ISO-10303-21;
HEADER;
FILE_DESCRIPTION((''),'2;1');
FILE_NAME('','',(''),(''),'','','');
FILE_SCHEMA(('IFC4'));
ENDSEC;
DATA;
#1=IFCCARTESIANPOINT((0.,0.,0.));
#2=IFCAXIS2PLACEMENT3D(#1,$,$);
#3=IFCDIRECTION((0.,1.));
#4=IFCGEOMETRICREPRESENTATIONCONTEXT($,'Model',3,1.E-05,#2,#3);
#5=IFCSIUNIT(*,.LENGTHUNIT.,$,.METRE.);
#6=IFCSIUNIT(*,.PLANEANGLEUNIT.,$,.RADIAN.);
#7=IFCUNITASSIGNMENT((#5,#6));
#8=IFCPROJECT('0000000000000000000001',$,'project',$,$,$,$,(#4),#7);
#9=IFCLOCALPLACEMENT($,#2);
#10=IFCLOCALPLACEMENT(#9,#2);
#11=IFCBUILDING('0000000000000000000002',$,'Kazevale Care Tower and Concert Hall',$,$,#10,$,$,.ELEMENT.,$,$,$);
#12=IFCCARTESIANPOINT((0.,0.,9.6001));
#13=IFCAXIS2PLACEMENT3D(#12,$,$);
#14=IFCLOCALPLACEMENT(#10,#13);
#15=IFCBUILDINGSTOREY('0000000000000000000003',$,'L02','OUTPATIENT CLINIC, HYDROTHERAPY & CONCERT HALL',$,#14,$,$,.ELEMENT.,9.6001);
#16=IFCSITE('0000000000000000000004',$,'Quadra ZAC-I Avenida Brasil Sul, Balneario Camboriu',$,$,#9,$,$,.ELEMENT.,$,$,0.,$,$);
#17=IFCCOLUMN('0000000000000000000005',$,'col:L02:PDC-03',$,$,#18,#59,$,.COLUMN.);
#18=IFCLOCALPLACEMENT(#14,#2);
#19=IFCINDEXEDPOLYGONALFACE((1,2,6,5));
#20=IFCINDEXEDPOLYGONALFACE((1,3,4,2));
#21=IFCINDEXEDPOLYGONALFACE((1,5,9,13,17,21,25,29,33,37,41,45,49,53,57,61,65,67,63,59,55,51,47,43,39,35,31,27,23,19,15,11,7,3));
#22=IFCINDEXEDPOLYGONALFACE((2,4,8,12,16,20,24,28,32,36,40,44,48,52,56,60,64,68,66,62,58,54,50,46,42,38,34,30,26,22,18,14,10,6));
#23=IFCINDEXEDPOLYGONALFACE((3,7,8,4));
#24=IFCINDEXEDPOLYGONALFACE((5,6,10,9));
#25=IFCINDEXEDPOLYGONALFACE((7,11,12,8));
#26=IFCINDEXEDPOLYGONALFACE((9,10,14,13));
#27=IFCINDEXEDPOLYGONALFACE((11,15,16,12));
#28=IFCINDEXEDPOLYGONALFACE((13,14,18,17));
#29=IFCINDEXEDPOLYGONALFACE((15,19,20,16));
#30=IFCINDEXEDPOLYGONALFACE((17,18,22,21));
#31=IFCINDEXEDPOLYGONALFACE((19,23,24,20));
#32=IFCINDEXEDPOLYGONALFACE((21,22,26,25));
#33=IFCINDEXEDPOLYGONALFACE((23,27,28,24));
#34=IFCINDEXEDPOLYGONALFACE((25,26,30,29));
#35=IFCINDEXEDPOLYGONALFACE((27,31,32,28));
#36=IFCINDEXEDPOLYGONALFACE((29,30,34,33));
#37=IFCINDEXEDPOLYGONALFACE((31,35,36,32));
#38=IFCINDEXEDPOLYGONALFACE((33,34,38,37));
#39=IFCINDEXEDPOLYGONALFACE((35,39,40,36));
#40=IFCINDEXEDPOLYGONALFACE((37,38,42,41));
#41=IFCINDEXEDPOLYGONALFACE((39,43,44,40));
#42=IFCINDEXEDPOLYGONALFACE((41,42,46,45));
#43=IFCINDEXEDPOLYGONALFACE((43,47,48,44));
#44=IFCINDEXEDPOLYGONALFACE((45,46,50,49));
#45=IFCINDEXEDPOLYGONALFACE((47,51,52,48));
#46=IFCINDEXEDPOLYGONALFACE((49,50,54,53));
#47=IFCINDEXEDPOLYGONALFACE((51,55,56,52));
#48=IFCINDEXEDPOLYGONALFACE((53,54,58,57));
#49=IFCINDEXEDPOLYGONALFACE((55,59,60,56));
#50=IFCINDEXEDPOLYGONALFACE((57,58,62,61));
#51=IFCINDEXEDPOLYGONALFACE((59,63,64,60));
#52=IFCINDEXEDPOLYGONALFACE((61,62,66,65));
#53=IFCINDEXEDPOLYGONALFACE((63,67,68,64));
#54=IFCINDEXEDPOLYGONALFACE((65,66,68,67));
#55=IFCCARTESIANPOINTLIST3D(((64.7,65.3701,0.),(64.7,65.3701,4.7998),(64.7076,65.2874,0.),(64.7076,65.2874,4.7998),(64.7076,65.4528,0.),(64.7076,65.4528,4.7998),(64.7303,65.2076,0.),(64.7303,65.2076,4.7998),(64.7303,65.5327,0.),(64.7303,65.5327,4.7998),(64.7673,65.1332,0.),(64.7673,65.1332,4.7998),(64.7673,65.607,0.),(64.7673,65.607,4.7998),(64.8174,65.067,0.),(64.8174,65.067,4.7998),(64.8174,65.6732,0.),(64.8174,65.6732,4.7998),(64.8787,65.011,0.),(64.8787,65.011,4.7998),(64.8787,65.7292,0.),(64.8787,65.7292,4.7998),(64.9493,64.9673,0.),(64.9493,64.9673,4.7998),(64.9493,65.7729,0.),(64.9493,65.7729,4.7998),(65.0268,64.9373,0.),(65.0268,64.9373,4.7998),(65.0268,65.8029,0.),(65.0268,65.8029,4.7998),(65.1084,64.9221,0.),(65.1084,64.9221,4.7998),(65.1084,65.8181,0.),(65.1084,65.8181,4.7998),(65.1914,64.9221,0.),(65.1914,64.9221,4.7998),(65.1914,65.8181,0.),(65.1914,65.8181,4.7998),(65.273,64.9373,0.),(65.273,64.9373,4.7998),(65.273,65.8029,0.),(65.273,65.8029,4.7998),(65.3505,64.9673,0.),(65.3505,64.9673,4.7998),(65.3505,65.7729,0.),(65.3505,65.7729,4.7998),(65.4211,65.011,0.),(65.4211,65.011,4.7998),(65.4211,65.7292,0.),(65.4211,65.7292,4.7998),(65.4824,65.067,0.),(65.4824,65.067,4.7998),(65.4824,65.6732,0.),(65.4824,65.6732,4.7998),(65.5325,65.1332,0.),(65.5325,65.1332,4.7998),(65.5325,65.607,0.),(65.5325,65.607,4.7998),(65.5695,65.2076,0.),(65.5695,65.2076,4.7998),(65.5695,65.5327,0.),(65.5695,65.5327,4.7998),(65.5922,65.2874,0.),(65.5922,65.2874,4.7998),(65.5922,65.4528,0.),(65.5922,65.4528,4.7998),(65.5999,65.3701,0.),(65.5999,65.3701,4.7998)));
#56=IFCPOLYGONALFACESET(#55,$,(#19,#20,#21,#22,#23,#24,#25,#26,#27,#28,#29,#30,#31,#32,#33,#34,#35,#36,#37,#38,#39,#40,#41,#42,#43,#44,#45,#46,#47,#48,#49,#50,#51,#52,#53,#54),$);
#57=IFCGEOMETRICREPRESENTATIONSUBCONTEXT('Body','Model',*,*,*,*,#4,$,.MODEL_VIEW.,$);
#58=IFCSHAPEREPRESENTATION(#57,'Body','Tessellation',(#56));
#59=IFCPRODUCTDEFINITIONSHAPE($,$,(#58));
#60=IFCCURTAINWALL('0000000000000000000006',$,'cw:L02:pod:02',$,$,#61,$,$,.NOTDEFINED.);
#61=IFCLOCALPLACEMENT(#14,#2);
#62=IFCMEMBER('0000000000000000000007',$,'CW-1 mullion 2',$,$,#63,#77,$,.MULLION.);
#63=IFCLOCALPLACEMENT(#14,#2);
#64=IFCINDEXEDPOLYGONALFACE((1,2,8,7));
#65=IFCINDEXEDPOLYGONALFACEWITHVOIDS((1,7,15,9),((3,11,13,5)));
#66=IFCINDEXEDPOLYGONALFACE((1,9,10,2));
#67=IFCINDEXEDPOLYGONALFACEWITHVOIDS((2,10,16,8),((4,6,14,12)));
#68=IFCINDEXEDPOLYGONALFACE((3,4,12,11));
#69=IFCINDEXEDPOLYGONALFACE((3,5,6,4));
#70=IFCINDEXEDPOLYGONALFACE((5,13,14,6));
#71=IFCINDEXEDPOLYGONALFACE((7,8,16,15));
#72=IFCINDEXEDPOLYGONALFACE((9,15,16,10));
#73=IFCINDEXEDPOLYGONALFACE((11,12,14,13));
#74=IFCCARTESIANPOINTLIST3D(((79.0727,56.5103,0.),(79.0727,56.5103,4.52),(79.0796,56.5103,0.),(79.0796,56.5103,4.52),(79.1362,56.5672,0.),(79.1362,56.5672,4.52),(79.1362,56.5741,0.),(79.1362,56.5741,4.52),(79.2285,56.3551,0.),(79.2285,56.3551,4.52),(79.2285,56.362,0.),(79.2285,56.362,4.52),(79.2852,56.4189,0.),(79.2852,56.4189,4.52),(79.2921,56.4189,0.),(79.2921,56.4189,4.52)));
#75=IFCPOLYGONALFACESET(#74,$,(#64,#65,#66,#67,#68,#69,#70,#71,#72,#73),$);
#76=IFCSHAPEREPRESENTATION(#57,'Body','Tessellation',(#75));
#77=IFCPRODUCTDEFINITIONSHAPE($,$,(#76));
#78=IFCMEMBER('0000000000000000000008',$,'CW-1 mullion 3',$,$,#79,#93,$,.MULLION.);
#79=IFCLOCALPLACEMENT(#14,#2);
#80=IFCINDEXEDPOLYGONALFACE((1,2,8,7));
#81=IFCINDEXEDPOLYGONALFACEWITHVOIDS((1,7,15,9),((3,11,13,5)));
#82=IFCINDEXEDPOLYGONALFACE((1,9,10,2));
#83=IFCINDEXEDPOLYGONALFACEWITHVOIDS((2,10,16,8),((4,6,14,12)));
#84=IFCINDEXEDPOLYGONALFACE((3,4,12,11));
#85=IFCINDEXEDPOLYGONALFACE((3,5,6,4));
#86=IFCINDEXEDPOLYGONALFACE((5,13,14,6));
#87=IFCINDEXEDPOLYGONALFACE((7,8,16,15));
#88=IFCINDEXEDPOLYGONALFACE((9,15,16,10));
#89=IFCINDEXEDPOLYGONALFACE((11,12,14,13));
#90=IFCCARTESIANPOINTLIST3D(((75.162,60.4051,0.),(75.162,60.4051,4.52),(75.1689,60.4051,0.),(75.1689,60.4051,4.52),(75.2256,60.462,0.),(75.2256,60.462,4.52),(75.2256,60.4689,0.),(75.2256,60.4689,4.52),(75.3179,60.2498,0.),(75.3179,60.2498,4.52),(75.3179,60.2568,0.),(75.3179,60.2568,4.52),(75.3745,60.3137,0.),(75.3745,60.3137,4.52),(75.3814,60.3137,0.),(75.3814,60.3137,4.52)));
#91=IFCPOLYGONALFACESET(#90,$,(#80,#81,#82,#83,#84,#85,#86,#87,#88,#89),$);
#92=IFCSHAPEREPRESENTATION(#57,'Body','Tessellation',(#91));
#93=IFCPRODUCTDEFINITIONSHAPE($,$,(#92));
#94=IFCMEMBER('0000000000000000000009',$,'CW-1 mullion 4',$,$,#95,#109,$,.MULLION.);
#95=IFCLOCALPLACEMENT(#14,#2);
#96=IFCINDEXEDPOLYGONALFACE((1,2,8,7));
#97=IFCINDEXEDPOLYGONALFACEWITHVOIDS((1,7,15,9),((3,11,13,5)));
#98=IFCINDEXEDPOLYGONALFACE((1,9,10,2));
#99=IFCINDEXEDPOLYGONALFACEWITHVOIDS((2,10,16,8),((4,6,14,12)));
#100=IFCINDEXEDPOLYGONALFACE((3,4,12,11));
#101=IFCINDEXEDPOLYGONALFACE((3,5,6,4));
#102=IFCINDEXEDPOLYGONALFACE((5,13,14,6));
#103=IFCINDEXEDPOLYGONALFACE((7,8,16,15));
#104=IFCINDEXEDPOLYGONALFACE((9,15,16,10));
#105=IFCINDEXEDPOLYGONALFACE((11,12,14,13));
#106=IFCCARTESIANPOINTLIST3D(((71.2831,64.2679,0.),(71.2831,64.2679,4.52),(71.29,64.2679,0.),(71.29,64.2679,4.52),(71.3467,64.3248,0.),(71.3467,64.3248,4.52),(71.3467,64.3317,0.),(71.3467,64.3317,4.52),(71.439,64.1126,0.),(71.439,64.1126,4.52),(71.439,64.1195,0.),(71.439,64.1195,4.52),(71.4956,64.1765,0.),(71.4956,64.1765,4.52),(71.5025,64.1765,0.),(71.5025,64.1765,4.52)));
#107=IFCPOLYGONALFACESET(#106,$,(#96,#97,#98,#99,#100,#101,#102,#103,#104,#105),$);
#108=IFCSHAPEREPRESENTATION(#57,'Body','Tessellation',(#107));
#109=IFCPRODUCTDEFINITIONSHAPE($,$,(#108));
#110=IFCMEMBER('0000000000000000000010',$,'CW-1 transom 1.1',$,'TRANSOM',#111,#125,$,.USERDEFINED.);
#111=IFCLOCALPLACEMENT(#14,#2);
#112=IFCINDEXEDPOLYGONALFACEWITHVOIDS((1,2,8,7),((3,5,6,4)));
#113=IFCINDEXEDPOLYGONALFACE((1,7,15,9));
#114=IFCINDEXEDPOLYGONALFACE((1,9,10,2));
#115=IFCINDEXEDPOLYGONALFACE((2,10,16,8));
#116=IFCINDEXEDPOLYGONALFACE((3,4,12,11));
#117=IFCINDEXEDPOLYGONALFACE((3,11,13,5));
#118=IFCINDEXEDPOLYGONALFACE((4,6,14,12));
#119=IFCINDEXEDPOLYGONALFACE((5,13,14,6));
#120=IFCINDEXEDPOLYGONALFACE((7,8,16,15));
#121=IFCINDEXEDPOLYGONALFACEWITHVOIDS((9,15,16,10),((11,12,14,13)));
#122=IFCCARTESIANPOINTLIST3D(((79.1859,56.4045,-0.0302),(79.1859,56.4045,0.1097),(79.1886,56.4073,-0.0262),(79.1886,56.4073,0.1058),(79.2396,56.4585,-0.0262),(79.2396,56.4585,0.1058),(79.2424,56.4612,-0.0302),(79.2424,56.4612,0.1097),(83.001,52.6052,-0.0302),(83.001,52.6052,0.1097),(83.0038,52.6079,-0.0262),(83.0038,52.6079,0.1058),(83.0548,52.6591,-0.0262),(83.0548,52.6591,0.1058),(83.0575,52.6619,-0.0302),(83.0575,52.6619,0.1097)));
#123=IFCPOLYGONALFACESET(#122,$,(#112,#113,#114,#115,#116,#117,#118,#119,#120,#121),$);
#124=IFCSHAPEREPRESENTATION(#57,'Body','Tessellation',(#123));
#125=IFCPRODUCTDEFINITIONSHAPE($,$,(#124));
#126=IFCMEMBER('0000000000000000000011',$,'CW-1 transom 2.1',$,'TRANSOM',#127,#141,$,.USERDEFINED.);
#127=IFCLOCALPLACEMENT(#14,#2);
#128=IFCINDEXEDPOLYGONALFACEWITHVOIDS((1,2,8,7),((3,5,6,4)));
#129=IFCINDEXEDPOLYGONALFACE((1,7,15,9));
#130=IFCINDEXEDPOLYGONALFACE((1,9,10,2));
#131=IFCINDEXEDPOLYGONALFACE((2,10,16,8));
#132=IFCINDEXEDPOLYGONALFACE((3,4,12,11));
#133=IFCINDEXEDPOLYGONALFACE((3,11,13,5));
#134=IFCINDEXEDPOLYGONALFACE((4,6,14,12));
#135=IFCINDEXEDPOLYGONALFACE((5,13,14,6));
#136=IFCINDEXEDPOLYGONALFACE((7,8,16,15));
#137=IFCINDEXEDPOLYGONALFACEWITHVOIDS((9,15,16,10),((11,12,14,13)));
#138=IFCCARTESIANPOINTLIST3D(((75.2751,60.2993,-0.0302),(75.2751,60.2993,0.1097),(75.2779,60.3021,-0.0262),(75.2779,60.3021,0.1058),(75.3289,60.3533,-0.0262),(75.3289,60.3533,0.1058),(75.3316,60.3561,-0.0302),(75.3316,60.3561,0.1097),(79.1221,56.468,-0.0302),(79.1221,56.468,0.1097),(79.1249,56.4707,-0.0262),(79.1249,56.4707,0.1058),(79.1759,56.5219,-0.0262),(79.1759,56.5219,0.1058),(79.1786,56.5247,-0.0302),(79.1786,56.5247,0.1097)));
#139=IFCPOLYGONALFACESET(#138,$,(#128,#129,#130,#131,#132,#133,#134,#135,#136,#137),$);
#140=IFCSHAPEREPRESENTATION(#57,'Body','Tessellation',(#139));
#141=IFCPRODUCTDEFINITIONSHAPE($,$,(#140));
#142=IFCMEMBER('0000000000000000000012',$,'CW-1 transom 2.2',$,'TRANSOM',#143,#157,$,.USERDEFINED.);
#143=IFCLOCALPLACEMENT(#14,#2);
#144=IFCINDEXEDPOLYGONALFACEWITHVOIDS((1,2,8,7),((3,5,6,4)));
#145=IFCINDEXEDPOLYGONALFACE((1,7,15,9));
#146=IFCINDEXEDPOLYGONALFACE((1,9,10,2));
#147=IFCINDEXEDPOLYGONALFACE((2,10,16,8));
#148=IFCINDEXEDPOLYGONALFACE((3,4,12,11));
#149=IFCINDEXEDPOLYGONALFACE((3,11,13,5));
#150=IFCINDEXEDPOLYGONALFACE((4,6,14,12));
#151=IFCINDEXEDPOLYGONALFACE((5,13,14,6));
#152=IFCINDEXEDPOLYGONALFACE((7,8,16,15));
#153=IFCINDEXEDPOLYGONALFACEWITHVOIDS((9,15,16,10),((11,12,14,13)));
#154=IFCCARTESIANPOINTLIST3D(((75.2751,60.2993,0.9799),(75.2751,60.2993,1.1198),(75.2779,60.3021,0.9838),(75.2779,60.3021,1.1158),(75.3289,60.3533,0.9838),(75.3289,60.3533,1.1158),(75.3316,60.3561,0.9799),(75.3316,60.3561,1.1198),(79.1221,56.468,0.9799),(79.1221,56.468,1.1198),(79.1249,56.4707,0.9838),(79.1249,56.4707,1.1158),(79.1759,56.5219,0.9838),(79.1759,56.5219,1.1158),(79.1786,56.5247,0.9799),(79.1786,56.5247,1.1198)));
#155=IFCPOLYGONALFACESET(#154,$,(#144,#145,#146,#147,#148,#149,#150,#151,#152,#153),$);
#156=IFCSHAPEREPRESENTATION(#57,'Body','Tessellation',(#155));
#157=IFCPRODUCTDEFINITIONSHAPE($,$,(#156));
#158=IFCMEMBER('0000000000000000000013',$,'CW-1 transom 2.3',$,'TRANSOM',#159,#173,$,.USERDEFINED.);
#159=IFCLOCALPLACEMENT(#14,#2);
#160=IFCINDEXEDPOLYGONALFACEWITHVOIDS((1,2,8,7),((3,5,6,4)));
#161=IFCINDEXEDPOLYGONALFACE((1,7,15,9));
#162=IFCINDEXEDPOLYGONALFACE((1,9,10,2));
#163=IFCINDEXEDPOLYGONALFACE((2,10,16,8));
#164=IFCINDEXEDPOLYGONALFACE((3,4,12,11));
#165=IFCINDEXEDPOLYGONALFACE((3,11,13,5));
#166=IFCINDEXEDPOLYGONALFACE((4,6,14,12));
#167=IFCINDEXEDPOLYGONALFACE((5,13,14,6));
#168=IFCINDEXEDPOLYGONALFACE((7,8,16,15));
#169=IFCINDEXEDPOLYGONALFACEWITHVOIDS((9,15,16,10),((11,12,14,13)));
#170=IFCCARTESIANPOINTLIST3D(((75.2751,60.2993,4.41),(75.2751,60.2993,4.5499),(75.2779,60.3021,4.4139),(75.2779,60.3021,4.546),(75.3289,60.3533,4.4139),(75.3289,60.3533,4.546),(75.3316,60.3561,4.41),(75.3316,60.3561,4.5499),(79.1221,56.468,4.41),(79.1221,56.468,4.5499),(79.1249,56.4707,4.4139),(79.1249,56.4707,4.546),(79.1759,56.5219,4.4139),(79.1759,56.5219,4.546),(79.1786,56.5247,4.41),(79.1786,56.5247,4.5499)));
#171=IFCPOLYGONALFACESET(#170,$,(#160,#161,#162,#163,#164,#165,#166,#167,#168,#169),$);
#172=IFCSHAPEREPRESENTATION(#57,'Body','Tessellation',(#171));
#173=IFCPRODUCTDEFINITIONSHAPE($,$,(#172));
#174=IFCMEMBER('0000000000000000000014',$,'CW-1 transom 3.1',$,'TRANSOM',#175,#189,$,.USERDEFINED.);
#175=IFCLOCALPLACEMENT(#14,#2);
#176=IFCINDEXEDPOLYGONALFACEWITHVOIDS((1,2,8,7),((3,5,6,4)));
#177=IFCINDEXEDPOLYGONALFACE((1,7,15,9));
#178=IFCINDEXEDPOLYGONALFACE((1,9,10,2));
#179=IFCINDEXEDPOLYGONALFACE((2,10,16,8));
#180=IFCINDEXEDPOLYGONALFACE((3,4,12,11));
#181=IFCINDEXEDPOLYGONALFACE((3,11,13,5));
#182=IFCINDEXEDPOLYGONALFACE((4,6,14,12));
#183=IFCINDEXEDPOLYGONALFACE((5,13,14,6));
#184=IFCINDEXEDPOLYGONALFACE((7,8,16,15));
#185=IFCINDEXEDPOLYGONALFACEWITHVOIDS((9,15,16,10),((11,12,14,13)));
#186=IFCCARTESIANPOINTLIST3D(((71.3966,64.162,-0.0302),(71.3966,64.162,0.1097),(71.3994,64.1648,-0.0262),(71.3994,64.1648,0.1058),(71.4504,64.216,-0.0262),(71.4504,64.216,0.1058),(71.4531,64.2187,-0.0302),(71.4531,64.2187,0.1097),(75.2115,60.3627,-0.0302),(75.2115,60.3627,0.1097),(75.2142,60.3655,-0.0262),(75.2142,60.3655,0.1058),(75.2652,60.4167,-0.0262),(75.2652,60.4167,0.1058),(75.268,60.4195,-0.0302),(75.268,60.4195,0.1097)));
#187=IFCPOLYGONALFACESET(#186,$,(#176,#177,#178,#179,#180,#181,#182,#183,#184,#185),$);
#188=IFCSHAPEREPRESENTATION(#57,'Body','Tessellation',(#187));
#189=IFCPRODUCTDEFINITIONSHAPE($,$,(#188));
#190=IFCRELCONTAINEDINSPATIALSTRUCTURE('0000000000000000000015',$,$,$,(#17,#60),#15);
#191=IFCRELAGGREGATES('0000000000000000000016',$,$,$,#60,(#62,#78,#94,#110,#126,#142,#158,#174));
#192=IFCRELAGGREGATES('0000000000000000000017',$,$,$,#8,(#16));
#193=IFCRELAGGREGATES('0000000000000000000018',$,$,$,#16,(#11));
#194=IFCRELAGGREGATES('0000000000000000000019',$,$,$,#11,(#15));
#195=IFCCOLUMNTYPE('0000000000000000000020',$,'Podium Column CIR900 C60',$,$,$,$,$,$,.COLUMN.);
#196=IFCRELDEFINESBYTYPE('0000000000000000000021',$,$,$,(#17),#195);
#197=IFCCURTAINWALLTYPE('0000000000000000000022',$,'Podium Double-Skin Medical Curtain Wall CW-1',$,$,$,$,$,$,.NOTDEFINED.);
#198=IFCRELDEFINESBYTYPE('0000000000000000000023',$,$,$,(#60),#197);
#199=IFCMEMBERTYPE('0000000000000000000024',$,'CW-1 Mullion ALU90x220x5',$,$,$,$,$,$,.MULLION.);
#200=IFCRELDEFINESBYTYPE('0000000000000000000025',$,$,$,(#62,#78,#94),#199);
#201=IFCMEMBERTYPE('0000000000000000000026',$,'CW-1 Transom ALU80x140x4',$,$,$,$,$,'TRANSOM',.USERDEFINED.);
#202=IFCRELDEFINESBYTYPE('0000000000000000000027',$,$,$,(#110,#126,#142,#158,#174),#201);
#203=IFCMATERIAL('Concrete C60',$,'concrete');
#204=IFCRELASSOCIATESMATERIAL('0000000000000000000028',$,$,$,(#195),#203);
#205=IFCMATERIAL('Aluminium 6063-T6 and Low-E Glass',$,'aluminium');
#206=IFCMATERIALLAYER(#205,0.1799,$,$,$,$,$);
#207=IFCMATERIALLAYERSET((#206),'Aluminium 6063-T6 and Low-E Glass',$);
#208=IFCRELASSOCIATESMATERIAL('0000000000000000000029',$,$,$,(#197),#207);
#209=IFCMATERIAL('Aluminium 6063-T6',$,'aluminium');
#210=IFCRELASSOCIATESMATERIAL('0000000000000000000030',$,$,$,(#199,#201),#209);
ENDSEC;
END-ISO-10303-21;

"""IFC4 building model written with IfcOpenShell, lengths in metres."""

from ifc_helpers import new_model, si_unit, direction, frame, origin, origin_2d, place, context, subcontext, project, spatial, hollow_rectangle, circle, extrude, material, layer, layer_set, material_profile, profile_set, type_object, element, aggregate, save


model = new_model("IFC4")

# Units and contexts
model_context = context("Model", 3, precision=1e-05, world=origin(), true_north=direction((0.0, 1.0)))
body_context = subcontext(model_context, "Body", "Model", "MODEL_VIEW")
ifc_project = project(units=[si_unit("LENGTHUNIT", "METRE"), si_unit("PLANEANGLEUNIT", "RADIAN")], contexts=[model_context])

# Site, building, storey
site_placement = place(None, origin())
site = spatial("IfcSite", under=ifc_project, at=site_placement, Name="Quadra ZAC-I Avenida Brasil Sul, Balneario Camboriu", CompositionType="ELEMENT", RefElevation=0.0)
building_placement = place(site_placement, origin())
building = spatial("IfcBuilding", under=site, at=building_placement, Name="Kazevale Care Tower and Concert Hall", CompositionType="ELEMENT")
storey_placement = place(building_placement, frame((0.0, 0.0, 9.6001)))
storey = spatial("IfcBuildingStorey", under=building, at=storey_placement, Name="L02", Description="OUTPATIENT CLINIC, HYDROTHERAPY & CONCERT HALL", CompositionType="ELEMENT", Elevation=9.6001)

# Column
ifc_material_1 = material(Name="Concrete C60", Category="concrete")
ifc_material_profile_1 = material_profile(ifc_material_1, circle(Radius=0.45, at=origin_2d()), Name="RC-CIR900")
ifc_profile_set_1 = profile_set([ifc_material_profile_1], Name="Concrete C60")
column_type_1 = type_object("IfcColumnType", Name="Podium Column CIR900 C60", PredefinedType="COLUMN", material=ifc_profile_set_1)
for number, where, z_axis, x_axis, name in (
    (1, (65.1499, 65.3701, 0.0), (0.0, 0.0, 1.0), (1.0, 0.0, 0.0), "col:L02:PDC-03"),
):
    element("IfcColumn", number, at=place(storey_placement, frame(where, z_axis=z_axis, x_axis=x_axis)), inside=storey, type_object=column_type_1, Name=name, PredefinedType="COLUMN", context=body_context, shape_type="SweptSolid", body=[
        extrude(circle(Radius=0.45, at=origin_2d()), origin(), (0.0, 0.0, 1.0), 4.7998),
    ])

# Curtain wall, members
ifc_material_2 = material(Name="Aluminium 6063-T6 and Low-E Glass", Category="aluminium")
ifc_layer_1 = layer(ifc_material_2, 0.1799)
ifc_layer_set_1 = layer_set([ifc_layer_1], Name="Aluminium 6063-T6 and Low-E Glass")
curtain_wall_type = type_object("IfcCurtainWallType", Name="Podium Double-Skin Medical Curtain Wall CW-1", PredefinedType="NOTDEFINED", material=ifc_layer_set_1)
curtain_wall_placement = place(storey_placement, origin())
curtain_wall = element("IfcCurtainWall", 2, at=curtain_wall_placement, inside=storey, type_object=curtain_wall_type, Name="cw:L02:pod:02", PredefinedType="NOTDEFINED")
ifc_material_3 = material(Name="Aluminium 6063-T6", Category="aluminium")
ifc_material_profile_2 = material_profile(ifc_material_3, hollow_rectangle(XDim=0.0901, YDim=0.22, WallThickness=0.0049, at=origin_2d()), Name="ALU90x220x5")
ifc_profile_set_2 = profile_set([ifc_material_profile_2], Name="Aluminium 6063-T6")
member_type_1 = type_object("IfcMemberType", Name="CW-1 Mullion ALU90x220x5", PredefinedType="MULLION", material=ifc_profile_set_2)
member_1_placement = place(storey_placement, frame((79.1824, 56.4646, 0.0), z_axis=(0.0, 0.0, 1.0), x_axis=(-0.705656, -0.708555, 0.0)))
member_1 = element("IfcMember", 3, at=member_1_placement, type_object=member_type_1, Name="CW-1 mullion 2", PredefinedType="MULLION", context=body_context, shape_type="SweptSolid", body=[
    extrude(hollow_rectangle(XDim=0.0901, YDim=0.22, WallThickness=0.0049, at=origin_2d()), origin(), (0.0, 0.0, 1.0), 4.52),
])
member_2_placement = place(storey_placement, frame((75.2717, 60.3594, 0.0), z_axis=(0.0, 0.0, 1.0), x_axis=(-0.705656, -0.708555, 0.0)))
member_2 = element("IfcMember", 4, at=member_2_placement, type_object=member_type_1, Name="CW-1 mullion 3", PredefinedType="MULLION", context=body_context, shape_type="SweptSolid", body=[
    extrude(hollow_rectangle(XDim=0.0901, YDim=0.22, WallThickness=0.0049, at=origin_2d()), origin(), (0.0, 0.0, 1.0), 4.52),
])
member_3_placement = place(storey_placement, frame((71.3928, 64.2222, 0.0), z_axis=(0.0, 0.0, 1.0), x_axis=(-0.705656, -0.708555, 0.0)))
member_3 = element("IfcMember", 5, at=member_3_placement, type_object=member_type_1, Name="CW-1 mullion 4", PredefinedType="MULLION", context=body_context, shape_type="SweptSolid", body=[
    extrude(hollow_rectangle(XDim=0.0901, YDim=0.22, WallThickness=0.0049, at=origin_2d()), origin(), (0.0, 0.0, 1.0), 4.52),
])
ifc_material_profile_3 = material_profile(ifc_material_3, hollow_rectangle(XDim=0.0801, YDim=0.1399, WallThickness=0.0039, at=origin_2d()), Name="ALU80x140x4")
ifc_profile_set_3 = profile_set([ifc_material_profile_3], Name="Aluminium 6063-T6")
member_type_2 = type_object("IfcMemberType", Name="CW-1 Transom ALU80x140x4", ElementType="TRANSOM", PredefinedType="USERDEFINED", material=ifc_profile_set_3)
member_4_placement = place(storey_placement, frame((83.0293, 52.6335, 0.0398), z_axis=(-0.708579, 0.705632, 0.0), x_axis=(-0.705632, -0.708579, 0.0)))
member_4 = element("IfcMember", 6, at=member_4_placement, type_object=member_type_2, Name="CW-1 transom 1.1", ObjectType="TRANSOM", PredefinedType="USERDEFINED", context=body_context, shape_type="SweptSolid", body=[
    extrude(hollow_rectangle(XDim=0.0801, YDim=0.1399, WallThickness=0.0039, at=origin_2d()), origin(), (0.0, 0.0, 1.0), 5.3843),
])
member_5_placement = place(storey_placement, frame((79.1504, 56.4963, 0.0398), z_axis=(-0.708544, 0.705666, 0.0), x_axis=(-0.705666, -0.708544, 0.0)))
member_5 = element("IfcMember", 7, at=member_5_placement, type_object=member_type_2, Name="CW-1 transom 2.1", ObjectType="TRANSOM", PredefinedType="USERDEFINED", context=body_context, shape_type="SweptSolid", body=[
    extrude(hollow_rectangle(XDim=0.0801, YDim=0.1399, WallThickness=0.0039, at=origin_2d()), origin(), (0.0, 0.0, 1.0), 5.4294),
])
member_6_placement = place(storey_placement, frame((79.1504, 56.4963, 1.0498), z_axis=(-0.708544, 0.705666, 0.0), x_axis=(-0.705666, -0.708544, 0.0)))
member_6 = element("IfcMember", 8, at=member_6_placement, type_object=member_type_2, Name="CW-1 transom 2.2", ObjectType="TRANSOM", PredefinedType="USERDEFINED", context=body_context, shape_type="SweptSolid", body=[
    extrude(hollow_rectangle(XDim=0.0801, YDim=0.1399, WallThickness=0.0039, at=origin_2d()), origin(), (0.0, 0.0, 1.0), 5.4294),
])
member_7_placement = place(storey_placement, frame((79.1504, 56.4963, 4.48), z_axis=(-0.708544, 0.705666, 0.0), x_axis=(-0.705666, -0.708544, 0.0)))
member_7 = element("IfcMember", 9, at=member_7_placement, type_object=member_type_2, Name="CW-1 transom 2.3", ObjectType="TRANSOM", PredefinedType="USERDEFINED", context=body_context, shape_type="SweptSolid", body=[
    extrude(hollow_rectangle(XDim=0.0801, YDim=0.1399, WallThickness=0.0039, at=origin_2d()), origin(), (0.0, 0.0, 1.0), 5.4294),
])
member_8_placement = place(storey_placement, frame((75.2397, 60.3911, 0.0398), z_axis=(-0.708556, 0.705654, 0.0), x_axis=(-0.705654, -0.708556, 0.0)))
member_8 = element("IfcMember", 10, at=member_8_placement, type_object=member_type_2, Name="CW-1 transom 3.1", ObjectType="TRANSOM", PredefinedType="USERDEFINED", context=body_context, shape_type="SweptSolid", body=[
    extrude(hollow_rectangle(XDim=0.0801, YDim=0.1399, WallThickness=0.0039, at=origin_2d()), origin(), (0.0, 0.0, 1.0), 5.384),
])

aggregate(curtain_wall, [member_1, member_2, member_3, member_4, member_5, member_6, member_7, member_8])

save(model, "model.ifc")
